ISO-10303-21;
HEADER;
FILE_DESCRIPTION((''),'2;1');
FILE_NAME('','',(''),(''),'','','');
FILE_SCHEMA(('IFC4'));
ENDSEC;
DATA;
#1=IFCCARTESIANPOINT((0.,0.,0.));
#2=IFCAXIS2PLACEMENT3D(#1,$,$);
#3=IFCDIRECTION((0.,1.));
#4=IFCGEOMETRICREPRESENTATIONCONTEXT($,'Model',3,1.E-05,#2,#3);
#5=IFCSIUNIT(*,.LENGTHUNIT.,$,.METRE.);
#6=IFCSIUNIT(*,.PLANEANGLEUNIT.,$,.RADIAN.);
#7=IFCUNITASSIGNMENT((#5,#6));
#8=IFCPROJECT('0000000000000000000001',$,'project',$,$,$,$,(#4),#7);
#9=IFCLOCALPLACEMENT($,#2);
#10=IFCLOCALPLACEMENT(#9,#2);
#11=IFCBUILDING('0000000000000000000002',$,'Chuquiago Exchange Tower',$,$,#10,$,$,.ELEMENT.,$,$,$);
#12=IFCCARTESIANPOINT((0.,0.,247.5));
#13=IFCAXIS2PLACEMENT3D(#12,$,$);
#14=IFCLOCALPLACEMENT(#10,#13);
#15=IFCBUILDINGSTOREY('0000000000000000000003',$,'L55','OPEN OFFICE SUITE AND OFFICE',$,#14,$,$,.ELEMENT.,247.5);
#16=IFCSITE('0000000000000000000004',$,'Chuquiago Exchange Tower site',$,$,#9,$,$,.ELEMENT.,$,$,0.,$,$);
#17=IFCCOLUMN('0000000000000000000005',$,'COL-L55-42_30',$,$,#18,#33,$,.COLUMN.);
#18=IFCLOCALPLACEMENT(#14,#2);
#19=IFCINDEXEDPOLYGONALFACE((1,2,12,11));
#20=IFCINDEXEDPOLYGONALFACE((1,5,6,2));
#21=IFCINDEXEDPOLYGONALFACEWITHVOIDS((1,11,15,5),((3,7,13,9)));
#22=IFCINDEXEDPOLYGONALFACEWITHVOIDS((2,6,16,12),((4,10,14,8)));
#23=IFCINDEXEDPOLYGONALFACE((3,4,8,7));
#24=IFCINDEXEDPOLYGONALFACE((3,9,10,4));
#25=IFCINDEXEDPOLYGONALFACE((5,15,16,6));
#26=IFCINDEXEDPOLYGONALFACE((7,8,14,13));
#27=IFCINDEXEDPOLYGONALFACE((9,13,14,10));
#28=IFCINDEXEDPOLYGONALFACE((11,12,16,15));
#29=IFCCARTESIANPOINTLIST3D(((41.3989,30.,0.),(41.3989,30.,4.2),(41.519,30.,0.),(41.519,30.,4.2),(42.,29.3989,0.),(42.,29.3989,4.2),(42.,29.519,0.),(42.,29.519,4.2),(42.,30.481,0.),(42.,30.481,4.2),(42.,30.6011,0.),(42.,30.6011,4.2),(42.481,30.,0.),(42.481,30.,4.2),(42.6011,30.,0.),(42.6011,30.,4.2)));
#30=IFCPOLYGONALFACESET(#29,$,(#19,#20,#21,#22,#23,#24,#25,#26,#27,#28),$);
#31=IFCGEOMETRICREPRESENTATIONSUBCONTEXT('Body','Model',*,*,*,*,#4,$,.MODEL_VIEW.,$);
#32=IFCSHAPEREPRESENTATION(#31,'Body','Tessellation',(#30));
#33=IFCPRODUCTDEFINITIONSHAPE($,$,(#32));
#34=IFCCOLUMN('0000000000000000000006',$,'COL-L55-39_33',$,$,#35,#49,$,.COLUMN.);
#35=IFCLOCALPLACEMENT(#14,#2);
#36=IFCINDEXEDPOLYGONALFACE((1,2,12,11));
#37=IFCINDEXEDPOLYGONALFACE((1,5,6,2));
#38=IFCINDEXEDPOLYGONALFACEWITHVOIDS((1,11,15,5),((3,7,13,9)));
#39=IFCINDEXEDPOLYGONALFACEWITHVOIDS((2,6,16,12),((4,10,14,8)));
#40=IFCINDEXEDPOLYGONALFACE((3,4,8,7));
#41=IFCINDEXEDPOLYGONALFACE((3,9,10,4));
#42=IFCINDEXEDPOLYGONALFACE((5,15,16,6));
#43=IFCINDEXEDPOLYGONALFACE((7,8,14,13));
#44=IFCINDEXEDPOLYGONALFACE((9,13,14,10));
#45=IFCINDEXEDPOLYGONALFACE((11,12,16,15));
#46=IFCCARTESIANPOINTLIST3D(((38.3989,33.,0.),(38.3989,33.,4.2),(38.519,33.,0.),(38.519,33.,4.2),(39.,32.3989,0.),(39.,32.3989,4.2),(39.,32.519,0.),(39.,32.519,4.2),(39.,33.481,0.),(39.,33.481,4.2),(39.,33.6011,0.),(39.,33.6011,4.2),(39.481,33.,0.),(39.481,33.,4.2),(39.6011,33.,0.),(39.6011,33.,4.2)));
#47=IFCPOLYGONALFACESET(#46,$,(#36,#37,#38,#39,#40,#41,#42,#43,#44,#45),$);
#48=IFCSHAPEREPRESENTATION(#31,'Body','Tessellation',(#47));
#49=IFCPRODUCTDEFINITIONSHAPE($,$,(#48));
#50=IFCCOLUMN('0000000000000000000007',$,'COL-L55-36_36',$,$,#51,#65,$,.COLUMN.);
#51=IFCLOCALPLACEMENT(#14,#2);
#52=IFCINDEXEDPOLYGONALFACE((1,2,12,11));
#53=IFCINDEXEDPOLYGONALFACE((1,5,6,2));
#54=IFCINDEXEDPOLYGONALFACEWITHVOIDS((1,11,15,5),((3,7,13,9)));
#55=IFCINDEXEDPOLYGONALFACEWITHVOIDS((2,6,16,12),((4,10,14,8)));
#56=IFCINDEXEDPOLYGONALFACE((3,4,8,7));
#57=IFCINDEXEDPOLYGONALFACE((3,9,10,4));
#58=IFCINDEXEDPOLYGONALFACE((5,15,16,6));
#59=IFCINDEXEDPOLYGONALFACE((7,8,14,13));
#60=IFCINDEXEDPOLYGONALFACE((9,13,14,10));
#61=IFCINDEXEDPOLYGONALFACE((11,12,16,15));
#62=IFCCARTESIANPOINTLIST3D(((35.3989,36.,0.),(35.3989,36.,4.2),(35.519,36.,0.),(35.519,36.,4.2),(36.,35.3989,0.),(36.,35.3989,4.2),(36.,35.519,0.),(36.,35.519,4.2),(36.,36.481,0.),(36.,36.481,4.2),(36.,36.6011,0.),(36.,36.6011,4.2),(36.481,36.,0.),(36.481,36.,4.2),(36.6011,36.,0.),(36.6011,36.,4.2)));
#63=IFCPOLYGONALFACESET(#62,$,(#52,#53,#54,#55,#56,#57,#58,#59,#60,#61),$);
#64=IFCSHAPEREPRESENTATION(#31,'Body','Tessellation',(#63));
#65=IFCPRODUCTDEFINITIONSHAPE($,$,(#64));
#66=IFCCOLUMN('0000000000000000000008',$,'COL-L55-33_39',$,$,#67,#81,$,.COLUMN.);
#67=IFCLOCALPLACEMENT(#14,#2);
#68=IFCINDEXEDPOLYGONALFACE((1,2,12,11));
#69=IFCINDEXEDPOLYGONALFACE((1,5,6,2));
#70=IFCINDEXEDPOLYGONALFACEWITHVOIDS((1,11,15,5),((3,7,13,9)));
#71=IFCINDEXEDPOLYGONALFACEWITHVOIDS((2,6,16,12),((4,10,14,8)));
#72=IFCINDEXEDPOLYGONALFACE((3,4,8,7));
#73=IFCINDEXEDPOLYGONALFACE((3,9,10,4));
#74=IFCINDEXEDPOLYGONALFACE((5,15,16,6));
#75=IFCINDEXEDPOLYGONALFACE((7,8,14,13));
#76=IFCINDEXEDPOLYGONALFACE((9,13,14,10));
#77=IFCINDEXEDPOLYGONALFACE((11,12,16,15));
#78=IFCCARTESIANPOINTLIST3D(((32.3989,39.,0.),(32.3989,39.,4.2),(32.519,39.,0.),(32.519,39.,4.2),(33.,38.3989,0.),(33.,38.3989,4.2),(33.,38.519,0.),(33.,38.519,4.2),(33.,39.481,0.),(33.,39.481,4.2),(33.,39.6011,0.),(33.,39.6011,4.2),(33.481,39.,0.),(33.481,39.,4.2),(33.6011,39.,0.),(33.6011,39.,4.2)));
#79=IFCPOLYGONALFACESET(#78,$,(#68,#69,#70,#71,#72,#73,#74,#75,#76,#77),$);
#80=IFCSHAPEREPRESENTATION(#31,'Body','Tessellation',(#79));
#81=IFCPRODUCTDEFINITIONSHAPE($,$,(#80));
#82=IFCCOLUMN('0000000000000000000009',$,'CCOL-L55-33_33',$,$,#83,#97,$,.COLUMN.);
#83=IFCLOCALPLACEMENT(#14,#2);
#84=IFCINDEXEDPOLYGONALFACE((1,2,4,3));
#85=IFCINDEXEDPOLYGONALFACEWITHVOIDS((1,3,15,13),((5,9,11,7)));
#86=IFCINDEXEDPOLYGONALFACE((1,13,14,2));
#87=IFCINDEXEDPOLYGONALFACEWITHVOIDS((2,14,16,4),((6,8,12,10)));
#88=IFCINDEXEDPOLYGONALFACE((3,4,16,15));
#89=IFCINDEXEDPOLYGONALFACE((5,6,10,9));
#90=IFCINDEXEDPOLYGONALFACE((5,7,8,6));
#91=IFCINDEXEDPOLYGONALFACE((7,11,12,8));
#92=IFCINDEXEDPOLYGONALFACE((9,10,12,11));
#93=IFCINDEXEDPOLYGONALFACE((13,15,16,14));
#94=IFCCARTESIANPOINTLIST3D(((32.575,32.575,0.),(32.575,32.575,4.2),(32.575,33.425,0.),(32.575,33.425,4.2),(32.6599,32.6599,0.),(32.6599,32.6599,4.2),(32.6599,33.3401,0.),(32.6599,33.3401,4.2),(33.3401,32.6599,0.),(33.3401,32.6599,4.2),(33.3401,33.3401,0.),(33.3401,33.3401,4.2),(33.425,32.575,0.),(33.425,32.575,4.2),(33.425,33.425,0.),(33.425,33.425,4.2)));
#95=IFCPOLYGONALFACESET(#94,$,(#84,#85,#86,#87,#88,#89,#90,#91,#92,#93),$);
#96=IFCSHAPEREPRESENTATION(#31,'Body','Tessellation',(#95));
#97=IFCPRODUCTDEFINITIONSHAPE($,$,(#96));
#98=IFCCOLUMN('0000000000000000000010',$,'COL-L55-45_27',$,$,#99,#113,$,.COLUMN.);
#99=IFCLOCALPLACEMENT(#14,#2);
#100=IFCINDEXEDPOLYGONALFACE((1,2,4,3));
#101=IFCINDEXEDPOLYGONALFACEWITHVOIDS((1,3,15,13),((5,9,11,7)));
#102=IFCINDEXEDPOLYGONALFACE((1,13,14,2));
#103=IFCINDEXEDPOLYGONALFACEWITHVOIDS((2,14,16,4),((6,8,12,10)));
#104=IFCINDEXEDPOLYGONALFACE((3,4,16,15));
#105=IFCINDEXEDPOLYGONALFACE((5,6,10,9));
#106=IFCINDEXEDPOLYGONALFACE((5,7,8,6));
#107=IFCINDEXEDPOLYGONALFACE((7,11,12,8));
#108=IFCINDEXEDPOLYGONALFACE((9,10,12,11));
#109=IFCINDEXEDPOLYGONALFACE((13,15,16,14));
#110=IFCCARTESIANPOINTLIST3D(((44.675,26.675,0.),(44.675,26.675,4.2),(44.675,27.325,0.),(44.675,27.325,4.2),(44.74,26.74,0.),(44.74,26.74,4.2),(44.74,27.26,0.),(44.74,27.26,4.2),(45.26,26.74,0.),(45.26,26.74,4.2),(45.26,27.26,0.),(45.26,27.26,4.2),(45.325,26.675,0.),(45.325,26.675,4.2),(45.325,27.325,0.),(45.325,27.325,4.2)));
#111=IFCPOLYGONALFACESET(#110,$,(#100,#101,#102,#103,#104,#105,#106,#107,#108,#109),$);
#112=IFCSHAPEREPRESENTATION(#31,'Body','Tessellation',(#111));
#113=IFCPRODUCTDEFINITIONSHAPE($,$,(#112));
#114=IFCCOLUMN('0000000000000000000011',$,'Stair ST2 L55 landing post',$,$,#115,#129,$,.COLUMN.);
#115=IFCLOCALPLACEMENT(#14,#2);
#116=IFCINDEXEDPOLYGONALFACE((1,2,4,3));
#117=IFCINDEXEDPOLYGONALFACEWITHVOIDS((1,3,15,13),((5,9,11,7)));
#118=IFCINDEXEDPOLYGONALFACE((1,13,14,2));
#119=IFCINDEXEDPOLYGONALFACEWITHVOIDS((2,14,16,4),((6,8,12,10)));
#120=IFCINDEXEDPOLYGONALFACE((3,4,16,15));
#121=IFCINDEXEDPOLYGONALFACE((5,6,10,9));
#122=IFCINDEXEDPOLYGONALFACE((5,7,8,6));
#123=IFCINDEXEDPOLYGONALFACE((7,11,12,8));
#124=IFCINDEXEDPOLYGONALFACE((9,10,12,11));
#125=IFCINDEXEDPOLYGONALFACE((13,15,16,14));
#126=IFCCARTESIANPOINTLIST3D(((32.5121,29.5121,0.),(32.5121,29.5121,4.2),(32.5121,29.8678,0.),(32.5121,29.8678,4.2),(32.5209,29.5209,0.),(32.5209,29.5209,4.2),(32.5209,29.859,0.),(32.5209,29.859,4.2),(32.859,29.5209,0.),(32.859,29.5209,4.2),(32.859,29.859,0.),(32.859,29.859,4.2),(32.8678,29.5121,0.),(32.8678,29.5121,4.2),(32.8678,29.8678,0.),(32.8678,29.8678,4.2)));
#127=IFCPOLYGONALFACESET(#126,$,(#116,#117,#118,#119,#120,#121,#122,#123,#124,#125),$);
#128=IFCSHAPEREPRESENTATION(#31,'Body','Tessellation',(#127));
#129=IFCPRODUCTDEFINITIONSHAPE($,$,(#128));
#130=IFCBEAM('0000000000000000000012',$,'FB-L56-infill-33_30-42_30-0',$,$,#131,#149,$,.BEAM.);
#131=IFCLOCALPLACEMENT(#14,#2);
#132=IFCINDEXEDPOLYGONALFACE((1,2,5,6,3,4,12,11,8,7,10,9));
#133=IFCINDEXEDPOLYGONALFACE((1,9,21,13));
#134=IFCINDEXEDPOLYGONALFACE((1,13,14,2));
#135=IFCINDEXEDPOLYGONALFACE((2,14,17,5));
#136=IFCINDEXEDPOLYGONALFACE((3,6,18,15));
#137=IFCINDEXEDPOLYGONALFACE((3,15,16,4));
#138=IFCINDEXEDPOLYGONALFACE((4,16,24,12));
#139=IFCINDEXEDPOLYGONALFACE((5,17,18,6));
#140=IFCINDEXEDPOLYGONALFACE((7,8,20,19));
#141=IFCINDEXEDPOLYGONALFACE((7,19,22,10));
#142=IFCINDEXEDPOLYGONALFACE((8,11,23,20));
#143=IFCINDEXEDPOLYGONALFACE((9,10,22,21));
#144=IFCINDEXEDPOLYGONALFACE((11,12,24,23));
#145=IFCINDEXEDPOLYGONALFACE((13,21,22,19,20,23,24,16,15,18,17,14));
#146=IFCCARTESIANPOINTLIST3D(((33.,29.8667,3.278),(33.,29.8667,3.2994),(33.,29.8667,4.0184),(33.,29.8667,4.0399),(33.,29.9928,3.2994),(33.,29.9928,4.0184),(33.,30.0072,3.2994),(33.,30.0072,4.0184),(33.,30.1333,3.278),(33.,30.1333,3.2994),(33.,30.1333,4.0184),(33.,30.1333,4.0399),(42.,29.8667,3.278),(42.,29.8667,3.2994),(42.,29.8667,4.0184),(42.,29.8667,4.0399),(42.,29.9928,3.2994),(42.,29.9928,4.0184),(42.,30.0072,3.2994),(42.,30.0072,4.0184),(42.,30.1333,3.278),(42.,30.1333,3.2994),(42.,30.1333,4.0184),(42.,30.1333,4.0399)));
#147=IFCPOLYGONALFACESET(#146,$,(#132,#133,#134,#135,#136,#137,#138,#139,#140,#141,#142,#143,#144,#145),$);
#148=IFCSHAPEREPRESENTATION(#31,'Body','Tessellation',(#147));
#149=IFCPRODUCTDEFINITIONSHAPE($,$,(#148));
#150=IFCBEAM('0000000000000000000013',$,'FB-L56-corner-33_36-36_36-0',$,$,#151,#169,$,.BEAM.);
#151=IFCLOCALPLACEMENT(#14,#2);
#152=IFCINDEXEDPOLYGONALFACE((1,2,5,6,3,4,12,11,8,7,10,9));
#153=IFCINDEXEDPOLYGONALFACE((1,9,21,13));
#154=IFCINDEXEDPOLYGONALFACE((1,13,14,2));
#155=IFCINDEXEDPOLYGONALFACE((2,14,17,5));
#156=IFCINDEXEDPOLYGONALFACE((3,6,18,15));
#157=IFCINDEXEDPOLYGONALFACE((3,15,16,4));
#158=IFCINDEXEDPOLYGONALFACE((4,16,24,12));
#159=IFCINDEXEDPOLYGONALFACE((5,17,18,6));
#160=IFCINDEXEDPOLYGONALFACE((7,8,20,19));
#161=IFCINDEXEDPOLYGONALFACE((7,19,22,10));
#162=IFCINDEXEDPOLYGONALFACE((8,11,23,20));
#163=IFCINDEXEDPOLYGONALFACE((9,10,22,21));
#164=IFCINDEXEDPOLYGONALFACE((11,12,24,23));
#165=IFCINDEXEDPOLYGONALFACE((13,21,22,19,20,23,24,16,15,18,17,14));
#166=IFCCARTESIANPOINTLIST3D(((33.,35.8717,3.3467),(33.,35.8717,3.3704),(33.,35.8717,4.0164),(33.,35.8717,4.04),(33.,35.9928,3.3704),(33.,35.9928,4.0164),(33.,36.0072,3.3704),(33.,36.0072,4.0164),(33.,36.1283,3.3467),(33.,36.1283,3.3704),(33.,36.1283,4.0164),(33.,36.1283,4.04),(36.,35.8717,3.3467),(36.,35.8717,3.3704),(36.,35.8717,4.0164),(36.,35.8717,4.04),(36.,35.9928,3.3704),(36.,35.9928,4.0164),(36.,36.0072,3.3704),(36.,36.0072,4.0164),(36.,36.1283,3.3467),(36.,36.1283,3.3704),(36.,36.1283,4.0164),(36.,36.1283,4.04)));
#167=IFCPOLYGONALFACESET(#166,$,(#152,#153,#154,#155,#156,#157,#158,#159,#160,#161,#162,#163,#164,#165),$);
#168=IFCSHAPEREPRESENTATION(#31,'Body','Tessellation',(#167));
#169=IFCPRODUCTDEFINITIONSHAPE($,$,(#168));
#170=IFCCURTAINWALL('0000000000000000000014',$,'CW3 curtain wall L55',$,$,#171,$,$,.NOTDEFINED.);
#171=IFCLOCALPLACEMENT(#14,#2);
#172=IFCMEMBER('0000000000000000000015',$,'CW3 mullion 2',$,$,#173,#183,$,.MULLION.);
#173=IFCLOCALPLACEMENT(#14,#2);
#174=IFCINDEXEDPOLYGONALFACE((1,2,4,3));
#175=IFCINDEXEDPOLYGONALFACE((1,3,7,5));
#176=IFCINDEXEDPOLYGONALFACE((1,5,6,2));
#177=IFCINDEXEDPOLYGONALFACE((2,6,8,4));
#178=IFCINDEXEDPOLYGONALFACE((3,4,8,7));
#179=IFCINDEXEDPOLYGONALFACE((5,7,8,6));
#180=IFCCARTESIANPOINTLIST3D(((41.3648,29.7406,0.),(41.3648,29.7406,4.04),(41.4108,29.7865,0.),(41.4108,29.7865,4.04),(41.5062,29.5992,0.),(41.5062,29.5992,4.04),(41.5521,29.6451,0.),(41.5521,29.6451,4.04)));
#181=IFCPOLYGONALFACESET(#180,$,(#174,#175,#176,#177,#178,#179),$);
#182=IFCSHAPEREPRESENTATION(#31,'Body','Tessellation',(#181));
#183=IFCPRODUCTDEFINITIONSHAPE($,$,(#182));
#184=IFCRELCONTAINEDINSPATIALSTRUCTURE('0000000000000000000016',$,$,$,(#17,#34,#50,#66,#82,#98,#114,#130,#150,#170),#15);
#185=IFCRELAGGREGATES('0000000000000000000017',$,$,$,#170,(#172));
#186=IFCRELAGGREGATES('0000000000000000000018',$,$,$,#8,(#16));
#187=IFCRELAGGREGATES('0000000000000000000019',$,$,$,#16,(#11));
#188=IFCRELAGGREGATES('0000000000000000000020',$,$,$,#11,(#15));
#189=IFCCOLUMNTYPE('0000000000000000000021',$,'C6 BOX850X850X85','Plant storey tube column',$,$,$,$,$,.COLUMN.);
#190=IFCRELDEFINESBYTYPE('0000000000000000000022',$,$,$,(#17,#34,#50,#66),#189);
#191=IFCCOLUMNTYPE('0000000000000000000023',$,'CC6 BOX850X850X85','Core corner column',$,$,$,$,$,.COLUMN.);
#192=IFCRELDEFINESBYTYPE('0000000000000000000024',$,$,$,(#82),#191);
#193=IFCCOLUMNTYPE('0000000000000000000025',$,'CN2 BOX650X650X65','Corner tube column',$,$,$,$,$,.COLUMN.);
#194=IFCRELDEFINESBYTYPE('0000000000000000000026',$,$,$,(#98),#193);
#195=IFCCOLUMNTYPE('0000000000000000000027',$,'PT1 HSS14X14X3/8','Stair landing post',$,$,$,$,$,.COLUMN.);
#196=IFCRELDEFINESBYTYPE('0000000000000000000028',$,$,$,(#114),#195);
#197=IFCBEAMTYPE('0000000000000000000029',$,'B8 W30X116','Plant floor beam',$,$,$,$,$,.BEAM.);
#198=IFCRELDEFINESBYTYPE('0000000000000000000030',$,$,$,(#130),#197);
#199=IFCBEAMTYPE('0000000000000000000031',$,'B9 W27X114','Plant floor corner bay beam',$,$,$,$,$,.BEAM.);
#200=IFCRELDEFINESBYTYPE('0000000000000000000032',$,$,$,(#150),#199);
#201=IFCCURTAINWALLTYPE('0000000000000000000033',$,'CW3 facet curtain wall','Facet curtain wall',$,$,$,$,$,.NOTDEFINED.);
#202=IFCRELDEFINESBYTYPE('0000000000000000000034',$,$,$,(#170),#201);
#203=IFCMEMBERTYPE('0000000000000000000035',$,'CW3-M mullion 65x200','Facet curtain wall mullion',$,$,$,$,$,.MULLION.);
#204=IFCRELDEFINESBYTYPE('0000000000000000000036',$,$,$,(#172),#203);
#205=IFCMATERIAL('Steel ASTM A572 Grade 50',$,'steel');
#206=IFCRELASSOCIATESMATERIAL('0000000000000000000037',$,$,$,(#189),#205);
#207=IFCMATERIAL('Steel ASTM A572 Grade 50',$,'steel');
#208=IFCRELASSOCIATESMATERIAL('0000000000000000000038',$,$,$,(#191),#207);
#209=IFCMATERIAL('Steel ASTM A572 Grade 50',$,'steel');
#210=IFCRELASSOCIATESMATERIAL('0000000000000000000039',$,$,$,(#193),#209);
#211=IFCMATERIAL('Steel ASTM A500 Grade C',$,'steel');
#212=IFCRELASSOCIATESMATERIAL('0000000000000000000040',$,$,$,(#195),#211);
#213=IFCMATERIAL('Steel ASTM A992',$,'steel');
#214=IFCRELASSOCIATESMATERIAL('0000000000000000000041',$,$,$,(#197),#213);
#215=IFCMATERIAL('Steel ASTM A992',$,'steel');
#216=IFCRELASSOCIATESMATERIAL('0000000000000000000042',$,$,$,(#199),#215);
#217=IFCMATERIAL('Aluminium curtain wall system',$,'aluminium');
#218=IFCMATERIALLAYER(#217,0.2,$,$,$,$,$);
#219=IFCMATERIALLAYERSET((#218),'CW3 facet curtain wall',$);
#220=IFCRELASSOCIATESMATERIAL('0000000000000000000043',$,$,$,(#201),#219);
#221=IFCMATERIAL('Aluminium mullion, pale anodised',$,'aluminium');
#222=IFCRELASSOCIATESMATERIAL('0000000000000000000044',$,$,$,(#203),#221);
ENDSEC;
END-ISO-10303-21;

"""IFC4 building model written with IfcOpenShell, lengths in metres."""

from ifc_helpers import new_model, si_unit, direction, frame, origin, origin_2d, place, context, subcontext, project, spatial, rectangle, hollow_rectangle, i_section, extrude, material, layer, layer_set, material_profile, profile_set, type_object, element, aggregate, save


model = new_model("IFC4")

# Units and contexts
model_context = context("Model", 3, precision=1e-05, world=origin(), true_north=direction((0.0, 1.0)))
body_context = subcontext(model_context, "Body", "Model", "MODEL_VIEW")
ifc_project = project(units=[si_unit("LENGTHUNIT", "METRE"), si_unit("PLANEANGLEUNIT", "RADIAN")], contexts=[model_context])

# Site, building, storey
site_placement = place(None, origin())
site = spatial("IfcSite", under=ifc_project, at=site_placement, Name="Chuquiago Exchange Tower site", CompositionType="ELEMENT", RefElevation=0.0)
building_placement = place(site_placement, origin())
building = spatial("IfcBuilding", under=site, at=building_placement, Name="Chuquiago Exchange Tower", CompositionType="ELEMENT")
storey_placement = place(building_placement, frame((0.0, 0.0, 247.5)))
storey = spatial("IfcBuildingStorey", under=building, at=storey_placement, Name="L55", Description="OPEN OFFICE SUITE AND OFFICE", CompositionType="ELEMENT", Elevation=247.5)

# Columns
ifc_material_1 = material(Name="Steel ASTM A572 Grade 50", Category="steel")
ifc_material_profile_1 = material_profile(ifc_material_1, hollow_rectangle(XDim=0.8501, YDim=0.8501, WallThickness=0.085, at=origin_2d()), Name="BOX850X850X85")
ifc_profile_set_1 = profile_set([ifc_material_profile_1], Name="Steel ASTM A572 Grade 50")
column_type_1 = type_object("IfcColumnType", Name="C6 BOX850X850X85", Description="Plant storey tube column", PredefinedType="COLUMN", material=ifc_profile_set_1)
for number, where, z_axis, x_axis, name in (
    (1, (42.0, 30.0, 0.0), (0.0, 0.0, 1.0), (0.707107, 0.707107, 0.0), "COL-L55-42_30"),
    (2, (39.0, 33.0, 0.0), (0.0, 0.0, 1.0), (0.707107, 0.707107, 0.0), "COL-L55-39_33"),
    (3, (36.0, 36.0, 0.0), (0.0, 0.0, 1.0), (0.707107, 0.707107, 0.0), "COL-L55-36_36"),
    (4, (33.0, 39.0, 0.0), (0.0, 0.0, 1.0), (0.707107, 0.707107, 0.0), "COL-L55-33_39"),
):
    element("IfcColumn", number, at=place(storey_placement, frame(where, z_axis=z_axis, x_axis=x_axis)), inside=storey, type_object=column_type_1, Name=name, PredefinedType="COLUMN", context=body_context, shape_type="SweptSolid", body=[
        extrude(hollow_rectangle(XDim=0.8501, YDim=0.8501, WallThickness=0.085, at=origin_2d()), origin(), (0.0, 0.0, 1.0), 4.2),
    ])
ifc_material_2 = material(Name="Steel ASTM A572 Grade 50", Category="steel")
ifc_material_profile_2 = material_profile(ifc_material_2, hollow_rectangle(XDim=0.8501, YDim=0.8501, WallThickness=0.085, at=origin_2d()), Name="BOX850X850X85")
ifc_profile_set_2 = profile_set([ifc_material_profile_2], Name="Steel ASTM A572 Grade 50")
column_type_2 = type_object("IfcColumnType", Name="CC6 BOX850X850X85", Description="Core corner column", PredefinedType="COLUMN", material=ifc_profile_set_2)
column_1_placement = place(storey_placement, frame((33.0, 33.0, 0.0), z_axis=(0.0, 0.0, 1.0), x_axis=(1.0, 0.0, 0.0)))
element("IfcColumn", 5, at=column_1_placement, inside=storey, type_object=column_type_2, Name="CCOL-L55-33_33", PredefinedType="COLUMN", context=body_context, shape_type="SweptSolid", body=[
    extrude(hollow_rectangle(XDim=0.8501, YDim=0.8501, WallThickness=0.085, at=origin_2d()), origin(), (0.0, 0.0, 1.0), 4.2),
])
ifc_material_3 = material(Name="Steel ASTM A572 Grade 50", Category="steel")
ifc_material_profile_3 = material_profile(ifc_material_3, hollow_rectangle(XDim=0.6499, YDim=0.6499, WallThickness=0.0649, at=origin_2d()), Name="BOX650X650X65")
ifc_profile_set_3 = profile_set([ifc_material_profile_3], Name="Steel ASTM A572 Grade 50")
column_type_3 = type_object("IfcColumnType", Name="CN2 BOX650X650X65", Description="Corner tube column", PredefinedType="COLUMN", material=ifc_profile_set_3)
column_2_placement = place(storey_placement, frame((45.0, 27.0, 0.0), z_axis=(0.0, 0.0, 1.0), x_axis=(1.0, 0.0, 0.0)))
element("IfcColumn", 6, at=column_2_placement, inside=storey, type_object=column_type_3, Name="COL-L55-45_27", PredefinedType="COLUMN", context=body_context, shape_type="SweptSolid", body=[
    extrude(hollow_rectangle(XDim=0.6499, YDim=0.6499, WallThickness=0.0649, at=origin_2d()), origin(), (0.0, 0.0, 1.0), 4.2),
])
ifc_material_4 = material(Name="Steel ASTM A500 Grade C", Category="steel")
ifc_material_profile_4 = material_profile(ifc_material_4, hollow_rectangle(XDim=0.3557, YDim=0.3557, WallThickness=0.0088, at=origin_2d()), Name="HSS14X14X3/8")
ifc_profile_set_4 = profile_set([ifc_material_profile_4], Name="Steel ASTM A500 Grade C")
column_type_4 = type_object("IfcColumnType", Name="PT1 HSS14X14X3/8", Description="Stair landing post", PredefinedType="COLUMN", material=ifc_profile_set_4)
column_3_placement = place(storey_placement, frame((32.6899, 29.6899, 0.0), z_axis=(0.0, 0.0, 1.0), x_axis=(1.0, 0.0, 0.0)))
element("IfcColumn", 7, at=column_3_placement, inside=storey, type_object=column_type_4, Name="Stair ST2 L55 landing post", PredefinedType="COLUMN", context=body_context, shape_type="SweptSolid", body=[
    extrude(hollow_rectangle(XDim=0.3557, YDim=0.3557, WallThickness=0.0088, at=origin_2d()), origin(), (0.0, 0.0, 1.0), 4.2),
])

# Beams
ifc_material_5 = material(Name="Steel ASTM A992", Category="steel")
ifc_material_profile_5 = material_profile(ifc_material_5, i_section(OverallWidth=0.2666, OverallDepth=0.762, WebThickness=0.0144, FlangeThickness=0.0215, at=origin_2d()), Name="W30X116")
ifc_profile_set_5 = profile_set([ifc_material_profile_5], Name="Steel ASTM A992")
beam_type_1 = type_object("IfcBeamType", Name="B8 W30X116", Description="Plant floor beam", PredefinedType="BEAM", material=ifc_profile_set_5)
beam_1_placement = place(storey_placement, frame((33.0, 30.0, 3.6589), z_axis=(1.0, 0.0, 0.0), x_axis=(0.0, 1.0, 0.0)))
element("IfcBeam", 8, at=beam_1_placement, inside=storey, type_object=beam_type_1, Name="FB-L56-infill-33_30-42_30-0", PredefinedType="BEAM", context=body_context, shape_type="SweptSolid", body=[
    extrude(i_section(OverallWidth=0.2666, OverallDepth=0.762, WebThickness=0.0144, FlangeThickness=0.0215, at=origin_2d()), origin(), (0.0, 0.0, 1.0), 9.0),
])
ifc_material_6 = material(Name="Steel ASTM A992", Category="steel")
ifc_material_profile_6 = material_profile(ifc_material_6, i_section(OverallWidth=0.2566, OverallDepth=0.6934, WebThickness=0.0144, FlangeThickness=0.0237, at=origin_2d()), Name="W27X114")
ifc_profile_set_6 = profile_set([ifc_material_profile_6], Name="Steel ASTM A992")
beam_type_2 = type_object("IfcBeamType", Name="B9 W27X114", Description="Plant floor corner bay beam", PredefinedType="BEAM", material=ifc_profile_set_6)
beam_2_placement = place(storey_placement, frame((33.0, 36.0, 3.6934), z_axis=(1.0, 0.0, 0.0), x_axis=(0.0, 1.0, 0.0)))
element("IfcBeam", 9, at=beam_2_placement, inside=storey, type_object=beam_type_2, Name="FB-L56-corner-33_36-36_36-0", PredefinedType="BEAM", context=body_context, shape_type="SweptSolid", body=[
    extrude(i_section(OverallWidth=0.2566, OverallDepth=0.6934, WebThickness=0.0144, FlangeThickness=0.0237, at=origin_2d()), origin(), (0.0, 0.0, 1.0), 3.0),
])

# Curtain wall, member
ifc_material_7 = material(Name="Aluminium curtain wall system", Category="aluminium")
ifc_layer_1 = layer(ifc_material_7, 0.2)
ifc_layer_set_1 = layer_set([ifc_layer_1], Name="CW3 facet curtain wall")
curtain_wall_type = type_object("IfcCurtainWallType", Name="CW3 facet curtain wall", Description="Facet curtain wall", PredefinedType="NOTDEFINED", material=ifc_layer_set_1)
curtain_wall_placement = place(storey_placement, origin())
curtain_wall = element("IfcCurtainWall", 10, at=curtain_wall_placement, inside=storey, type_object=curtain_wall_type, Name="CW3 curtain wall L55", PredefinedType="NOTDEFINED")
ifc_material_8 = material(Name="Aluminium mullion, pale anodised", Category="aluminium")
ifc_material_profile_7 = material_profile(ifc_material_8, rectangle(XDim=0.0649, YDim=0.2, at=origin_2d()), Name="AL 65x200")
ifc_profile_set_7 = profile_set([ifc_material_profile_7], Name="Aluminium mullion, pale anodised")
member_type_1 = type_object("IfcMemberType", Name="CW3-M mullion 65x200", Description="Facet curtain wall mullion", PredefinedType="MULLION", material=ifc_profile_set_7)
member_1_placement = place(storey_placement, frame((41.4585, 29.6929, 0.0), z_axis=(0.0, 0.0, 1.0), x_axis=(-0.707107, -0.707107, 0.0)))
member_1 = element("IfcMember", 11, at=member_1_placement, type_object=member_type_1, Name="CW3 mullion 2", PredefinedType="MULLION", context=body_context, shape_type="SweptSolid", body=[
    extrude(rectangle(XDim=0.0649, YDim=0.2, at=origin_2d()), origin(), (0.0, 0.0, 1.0), 4.04),
])

aggregate(curtain_wall, [member_1])

save(model, "model.ifc")
